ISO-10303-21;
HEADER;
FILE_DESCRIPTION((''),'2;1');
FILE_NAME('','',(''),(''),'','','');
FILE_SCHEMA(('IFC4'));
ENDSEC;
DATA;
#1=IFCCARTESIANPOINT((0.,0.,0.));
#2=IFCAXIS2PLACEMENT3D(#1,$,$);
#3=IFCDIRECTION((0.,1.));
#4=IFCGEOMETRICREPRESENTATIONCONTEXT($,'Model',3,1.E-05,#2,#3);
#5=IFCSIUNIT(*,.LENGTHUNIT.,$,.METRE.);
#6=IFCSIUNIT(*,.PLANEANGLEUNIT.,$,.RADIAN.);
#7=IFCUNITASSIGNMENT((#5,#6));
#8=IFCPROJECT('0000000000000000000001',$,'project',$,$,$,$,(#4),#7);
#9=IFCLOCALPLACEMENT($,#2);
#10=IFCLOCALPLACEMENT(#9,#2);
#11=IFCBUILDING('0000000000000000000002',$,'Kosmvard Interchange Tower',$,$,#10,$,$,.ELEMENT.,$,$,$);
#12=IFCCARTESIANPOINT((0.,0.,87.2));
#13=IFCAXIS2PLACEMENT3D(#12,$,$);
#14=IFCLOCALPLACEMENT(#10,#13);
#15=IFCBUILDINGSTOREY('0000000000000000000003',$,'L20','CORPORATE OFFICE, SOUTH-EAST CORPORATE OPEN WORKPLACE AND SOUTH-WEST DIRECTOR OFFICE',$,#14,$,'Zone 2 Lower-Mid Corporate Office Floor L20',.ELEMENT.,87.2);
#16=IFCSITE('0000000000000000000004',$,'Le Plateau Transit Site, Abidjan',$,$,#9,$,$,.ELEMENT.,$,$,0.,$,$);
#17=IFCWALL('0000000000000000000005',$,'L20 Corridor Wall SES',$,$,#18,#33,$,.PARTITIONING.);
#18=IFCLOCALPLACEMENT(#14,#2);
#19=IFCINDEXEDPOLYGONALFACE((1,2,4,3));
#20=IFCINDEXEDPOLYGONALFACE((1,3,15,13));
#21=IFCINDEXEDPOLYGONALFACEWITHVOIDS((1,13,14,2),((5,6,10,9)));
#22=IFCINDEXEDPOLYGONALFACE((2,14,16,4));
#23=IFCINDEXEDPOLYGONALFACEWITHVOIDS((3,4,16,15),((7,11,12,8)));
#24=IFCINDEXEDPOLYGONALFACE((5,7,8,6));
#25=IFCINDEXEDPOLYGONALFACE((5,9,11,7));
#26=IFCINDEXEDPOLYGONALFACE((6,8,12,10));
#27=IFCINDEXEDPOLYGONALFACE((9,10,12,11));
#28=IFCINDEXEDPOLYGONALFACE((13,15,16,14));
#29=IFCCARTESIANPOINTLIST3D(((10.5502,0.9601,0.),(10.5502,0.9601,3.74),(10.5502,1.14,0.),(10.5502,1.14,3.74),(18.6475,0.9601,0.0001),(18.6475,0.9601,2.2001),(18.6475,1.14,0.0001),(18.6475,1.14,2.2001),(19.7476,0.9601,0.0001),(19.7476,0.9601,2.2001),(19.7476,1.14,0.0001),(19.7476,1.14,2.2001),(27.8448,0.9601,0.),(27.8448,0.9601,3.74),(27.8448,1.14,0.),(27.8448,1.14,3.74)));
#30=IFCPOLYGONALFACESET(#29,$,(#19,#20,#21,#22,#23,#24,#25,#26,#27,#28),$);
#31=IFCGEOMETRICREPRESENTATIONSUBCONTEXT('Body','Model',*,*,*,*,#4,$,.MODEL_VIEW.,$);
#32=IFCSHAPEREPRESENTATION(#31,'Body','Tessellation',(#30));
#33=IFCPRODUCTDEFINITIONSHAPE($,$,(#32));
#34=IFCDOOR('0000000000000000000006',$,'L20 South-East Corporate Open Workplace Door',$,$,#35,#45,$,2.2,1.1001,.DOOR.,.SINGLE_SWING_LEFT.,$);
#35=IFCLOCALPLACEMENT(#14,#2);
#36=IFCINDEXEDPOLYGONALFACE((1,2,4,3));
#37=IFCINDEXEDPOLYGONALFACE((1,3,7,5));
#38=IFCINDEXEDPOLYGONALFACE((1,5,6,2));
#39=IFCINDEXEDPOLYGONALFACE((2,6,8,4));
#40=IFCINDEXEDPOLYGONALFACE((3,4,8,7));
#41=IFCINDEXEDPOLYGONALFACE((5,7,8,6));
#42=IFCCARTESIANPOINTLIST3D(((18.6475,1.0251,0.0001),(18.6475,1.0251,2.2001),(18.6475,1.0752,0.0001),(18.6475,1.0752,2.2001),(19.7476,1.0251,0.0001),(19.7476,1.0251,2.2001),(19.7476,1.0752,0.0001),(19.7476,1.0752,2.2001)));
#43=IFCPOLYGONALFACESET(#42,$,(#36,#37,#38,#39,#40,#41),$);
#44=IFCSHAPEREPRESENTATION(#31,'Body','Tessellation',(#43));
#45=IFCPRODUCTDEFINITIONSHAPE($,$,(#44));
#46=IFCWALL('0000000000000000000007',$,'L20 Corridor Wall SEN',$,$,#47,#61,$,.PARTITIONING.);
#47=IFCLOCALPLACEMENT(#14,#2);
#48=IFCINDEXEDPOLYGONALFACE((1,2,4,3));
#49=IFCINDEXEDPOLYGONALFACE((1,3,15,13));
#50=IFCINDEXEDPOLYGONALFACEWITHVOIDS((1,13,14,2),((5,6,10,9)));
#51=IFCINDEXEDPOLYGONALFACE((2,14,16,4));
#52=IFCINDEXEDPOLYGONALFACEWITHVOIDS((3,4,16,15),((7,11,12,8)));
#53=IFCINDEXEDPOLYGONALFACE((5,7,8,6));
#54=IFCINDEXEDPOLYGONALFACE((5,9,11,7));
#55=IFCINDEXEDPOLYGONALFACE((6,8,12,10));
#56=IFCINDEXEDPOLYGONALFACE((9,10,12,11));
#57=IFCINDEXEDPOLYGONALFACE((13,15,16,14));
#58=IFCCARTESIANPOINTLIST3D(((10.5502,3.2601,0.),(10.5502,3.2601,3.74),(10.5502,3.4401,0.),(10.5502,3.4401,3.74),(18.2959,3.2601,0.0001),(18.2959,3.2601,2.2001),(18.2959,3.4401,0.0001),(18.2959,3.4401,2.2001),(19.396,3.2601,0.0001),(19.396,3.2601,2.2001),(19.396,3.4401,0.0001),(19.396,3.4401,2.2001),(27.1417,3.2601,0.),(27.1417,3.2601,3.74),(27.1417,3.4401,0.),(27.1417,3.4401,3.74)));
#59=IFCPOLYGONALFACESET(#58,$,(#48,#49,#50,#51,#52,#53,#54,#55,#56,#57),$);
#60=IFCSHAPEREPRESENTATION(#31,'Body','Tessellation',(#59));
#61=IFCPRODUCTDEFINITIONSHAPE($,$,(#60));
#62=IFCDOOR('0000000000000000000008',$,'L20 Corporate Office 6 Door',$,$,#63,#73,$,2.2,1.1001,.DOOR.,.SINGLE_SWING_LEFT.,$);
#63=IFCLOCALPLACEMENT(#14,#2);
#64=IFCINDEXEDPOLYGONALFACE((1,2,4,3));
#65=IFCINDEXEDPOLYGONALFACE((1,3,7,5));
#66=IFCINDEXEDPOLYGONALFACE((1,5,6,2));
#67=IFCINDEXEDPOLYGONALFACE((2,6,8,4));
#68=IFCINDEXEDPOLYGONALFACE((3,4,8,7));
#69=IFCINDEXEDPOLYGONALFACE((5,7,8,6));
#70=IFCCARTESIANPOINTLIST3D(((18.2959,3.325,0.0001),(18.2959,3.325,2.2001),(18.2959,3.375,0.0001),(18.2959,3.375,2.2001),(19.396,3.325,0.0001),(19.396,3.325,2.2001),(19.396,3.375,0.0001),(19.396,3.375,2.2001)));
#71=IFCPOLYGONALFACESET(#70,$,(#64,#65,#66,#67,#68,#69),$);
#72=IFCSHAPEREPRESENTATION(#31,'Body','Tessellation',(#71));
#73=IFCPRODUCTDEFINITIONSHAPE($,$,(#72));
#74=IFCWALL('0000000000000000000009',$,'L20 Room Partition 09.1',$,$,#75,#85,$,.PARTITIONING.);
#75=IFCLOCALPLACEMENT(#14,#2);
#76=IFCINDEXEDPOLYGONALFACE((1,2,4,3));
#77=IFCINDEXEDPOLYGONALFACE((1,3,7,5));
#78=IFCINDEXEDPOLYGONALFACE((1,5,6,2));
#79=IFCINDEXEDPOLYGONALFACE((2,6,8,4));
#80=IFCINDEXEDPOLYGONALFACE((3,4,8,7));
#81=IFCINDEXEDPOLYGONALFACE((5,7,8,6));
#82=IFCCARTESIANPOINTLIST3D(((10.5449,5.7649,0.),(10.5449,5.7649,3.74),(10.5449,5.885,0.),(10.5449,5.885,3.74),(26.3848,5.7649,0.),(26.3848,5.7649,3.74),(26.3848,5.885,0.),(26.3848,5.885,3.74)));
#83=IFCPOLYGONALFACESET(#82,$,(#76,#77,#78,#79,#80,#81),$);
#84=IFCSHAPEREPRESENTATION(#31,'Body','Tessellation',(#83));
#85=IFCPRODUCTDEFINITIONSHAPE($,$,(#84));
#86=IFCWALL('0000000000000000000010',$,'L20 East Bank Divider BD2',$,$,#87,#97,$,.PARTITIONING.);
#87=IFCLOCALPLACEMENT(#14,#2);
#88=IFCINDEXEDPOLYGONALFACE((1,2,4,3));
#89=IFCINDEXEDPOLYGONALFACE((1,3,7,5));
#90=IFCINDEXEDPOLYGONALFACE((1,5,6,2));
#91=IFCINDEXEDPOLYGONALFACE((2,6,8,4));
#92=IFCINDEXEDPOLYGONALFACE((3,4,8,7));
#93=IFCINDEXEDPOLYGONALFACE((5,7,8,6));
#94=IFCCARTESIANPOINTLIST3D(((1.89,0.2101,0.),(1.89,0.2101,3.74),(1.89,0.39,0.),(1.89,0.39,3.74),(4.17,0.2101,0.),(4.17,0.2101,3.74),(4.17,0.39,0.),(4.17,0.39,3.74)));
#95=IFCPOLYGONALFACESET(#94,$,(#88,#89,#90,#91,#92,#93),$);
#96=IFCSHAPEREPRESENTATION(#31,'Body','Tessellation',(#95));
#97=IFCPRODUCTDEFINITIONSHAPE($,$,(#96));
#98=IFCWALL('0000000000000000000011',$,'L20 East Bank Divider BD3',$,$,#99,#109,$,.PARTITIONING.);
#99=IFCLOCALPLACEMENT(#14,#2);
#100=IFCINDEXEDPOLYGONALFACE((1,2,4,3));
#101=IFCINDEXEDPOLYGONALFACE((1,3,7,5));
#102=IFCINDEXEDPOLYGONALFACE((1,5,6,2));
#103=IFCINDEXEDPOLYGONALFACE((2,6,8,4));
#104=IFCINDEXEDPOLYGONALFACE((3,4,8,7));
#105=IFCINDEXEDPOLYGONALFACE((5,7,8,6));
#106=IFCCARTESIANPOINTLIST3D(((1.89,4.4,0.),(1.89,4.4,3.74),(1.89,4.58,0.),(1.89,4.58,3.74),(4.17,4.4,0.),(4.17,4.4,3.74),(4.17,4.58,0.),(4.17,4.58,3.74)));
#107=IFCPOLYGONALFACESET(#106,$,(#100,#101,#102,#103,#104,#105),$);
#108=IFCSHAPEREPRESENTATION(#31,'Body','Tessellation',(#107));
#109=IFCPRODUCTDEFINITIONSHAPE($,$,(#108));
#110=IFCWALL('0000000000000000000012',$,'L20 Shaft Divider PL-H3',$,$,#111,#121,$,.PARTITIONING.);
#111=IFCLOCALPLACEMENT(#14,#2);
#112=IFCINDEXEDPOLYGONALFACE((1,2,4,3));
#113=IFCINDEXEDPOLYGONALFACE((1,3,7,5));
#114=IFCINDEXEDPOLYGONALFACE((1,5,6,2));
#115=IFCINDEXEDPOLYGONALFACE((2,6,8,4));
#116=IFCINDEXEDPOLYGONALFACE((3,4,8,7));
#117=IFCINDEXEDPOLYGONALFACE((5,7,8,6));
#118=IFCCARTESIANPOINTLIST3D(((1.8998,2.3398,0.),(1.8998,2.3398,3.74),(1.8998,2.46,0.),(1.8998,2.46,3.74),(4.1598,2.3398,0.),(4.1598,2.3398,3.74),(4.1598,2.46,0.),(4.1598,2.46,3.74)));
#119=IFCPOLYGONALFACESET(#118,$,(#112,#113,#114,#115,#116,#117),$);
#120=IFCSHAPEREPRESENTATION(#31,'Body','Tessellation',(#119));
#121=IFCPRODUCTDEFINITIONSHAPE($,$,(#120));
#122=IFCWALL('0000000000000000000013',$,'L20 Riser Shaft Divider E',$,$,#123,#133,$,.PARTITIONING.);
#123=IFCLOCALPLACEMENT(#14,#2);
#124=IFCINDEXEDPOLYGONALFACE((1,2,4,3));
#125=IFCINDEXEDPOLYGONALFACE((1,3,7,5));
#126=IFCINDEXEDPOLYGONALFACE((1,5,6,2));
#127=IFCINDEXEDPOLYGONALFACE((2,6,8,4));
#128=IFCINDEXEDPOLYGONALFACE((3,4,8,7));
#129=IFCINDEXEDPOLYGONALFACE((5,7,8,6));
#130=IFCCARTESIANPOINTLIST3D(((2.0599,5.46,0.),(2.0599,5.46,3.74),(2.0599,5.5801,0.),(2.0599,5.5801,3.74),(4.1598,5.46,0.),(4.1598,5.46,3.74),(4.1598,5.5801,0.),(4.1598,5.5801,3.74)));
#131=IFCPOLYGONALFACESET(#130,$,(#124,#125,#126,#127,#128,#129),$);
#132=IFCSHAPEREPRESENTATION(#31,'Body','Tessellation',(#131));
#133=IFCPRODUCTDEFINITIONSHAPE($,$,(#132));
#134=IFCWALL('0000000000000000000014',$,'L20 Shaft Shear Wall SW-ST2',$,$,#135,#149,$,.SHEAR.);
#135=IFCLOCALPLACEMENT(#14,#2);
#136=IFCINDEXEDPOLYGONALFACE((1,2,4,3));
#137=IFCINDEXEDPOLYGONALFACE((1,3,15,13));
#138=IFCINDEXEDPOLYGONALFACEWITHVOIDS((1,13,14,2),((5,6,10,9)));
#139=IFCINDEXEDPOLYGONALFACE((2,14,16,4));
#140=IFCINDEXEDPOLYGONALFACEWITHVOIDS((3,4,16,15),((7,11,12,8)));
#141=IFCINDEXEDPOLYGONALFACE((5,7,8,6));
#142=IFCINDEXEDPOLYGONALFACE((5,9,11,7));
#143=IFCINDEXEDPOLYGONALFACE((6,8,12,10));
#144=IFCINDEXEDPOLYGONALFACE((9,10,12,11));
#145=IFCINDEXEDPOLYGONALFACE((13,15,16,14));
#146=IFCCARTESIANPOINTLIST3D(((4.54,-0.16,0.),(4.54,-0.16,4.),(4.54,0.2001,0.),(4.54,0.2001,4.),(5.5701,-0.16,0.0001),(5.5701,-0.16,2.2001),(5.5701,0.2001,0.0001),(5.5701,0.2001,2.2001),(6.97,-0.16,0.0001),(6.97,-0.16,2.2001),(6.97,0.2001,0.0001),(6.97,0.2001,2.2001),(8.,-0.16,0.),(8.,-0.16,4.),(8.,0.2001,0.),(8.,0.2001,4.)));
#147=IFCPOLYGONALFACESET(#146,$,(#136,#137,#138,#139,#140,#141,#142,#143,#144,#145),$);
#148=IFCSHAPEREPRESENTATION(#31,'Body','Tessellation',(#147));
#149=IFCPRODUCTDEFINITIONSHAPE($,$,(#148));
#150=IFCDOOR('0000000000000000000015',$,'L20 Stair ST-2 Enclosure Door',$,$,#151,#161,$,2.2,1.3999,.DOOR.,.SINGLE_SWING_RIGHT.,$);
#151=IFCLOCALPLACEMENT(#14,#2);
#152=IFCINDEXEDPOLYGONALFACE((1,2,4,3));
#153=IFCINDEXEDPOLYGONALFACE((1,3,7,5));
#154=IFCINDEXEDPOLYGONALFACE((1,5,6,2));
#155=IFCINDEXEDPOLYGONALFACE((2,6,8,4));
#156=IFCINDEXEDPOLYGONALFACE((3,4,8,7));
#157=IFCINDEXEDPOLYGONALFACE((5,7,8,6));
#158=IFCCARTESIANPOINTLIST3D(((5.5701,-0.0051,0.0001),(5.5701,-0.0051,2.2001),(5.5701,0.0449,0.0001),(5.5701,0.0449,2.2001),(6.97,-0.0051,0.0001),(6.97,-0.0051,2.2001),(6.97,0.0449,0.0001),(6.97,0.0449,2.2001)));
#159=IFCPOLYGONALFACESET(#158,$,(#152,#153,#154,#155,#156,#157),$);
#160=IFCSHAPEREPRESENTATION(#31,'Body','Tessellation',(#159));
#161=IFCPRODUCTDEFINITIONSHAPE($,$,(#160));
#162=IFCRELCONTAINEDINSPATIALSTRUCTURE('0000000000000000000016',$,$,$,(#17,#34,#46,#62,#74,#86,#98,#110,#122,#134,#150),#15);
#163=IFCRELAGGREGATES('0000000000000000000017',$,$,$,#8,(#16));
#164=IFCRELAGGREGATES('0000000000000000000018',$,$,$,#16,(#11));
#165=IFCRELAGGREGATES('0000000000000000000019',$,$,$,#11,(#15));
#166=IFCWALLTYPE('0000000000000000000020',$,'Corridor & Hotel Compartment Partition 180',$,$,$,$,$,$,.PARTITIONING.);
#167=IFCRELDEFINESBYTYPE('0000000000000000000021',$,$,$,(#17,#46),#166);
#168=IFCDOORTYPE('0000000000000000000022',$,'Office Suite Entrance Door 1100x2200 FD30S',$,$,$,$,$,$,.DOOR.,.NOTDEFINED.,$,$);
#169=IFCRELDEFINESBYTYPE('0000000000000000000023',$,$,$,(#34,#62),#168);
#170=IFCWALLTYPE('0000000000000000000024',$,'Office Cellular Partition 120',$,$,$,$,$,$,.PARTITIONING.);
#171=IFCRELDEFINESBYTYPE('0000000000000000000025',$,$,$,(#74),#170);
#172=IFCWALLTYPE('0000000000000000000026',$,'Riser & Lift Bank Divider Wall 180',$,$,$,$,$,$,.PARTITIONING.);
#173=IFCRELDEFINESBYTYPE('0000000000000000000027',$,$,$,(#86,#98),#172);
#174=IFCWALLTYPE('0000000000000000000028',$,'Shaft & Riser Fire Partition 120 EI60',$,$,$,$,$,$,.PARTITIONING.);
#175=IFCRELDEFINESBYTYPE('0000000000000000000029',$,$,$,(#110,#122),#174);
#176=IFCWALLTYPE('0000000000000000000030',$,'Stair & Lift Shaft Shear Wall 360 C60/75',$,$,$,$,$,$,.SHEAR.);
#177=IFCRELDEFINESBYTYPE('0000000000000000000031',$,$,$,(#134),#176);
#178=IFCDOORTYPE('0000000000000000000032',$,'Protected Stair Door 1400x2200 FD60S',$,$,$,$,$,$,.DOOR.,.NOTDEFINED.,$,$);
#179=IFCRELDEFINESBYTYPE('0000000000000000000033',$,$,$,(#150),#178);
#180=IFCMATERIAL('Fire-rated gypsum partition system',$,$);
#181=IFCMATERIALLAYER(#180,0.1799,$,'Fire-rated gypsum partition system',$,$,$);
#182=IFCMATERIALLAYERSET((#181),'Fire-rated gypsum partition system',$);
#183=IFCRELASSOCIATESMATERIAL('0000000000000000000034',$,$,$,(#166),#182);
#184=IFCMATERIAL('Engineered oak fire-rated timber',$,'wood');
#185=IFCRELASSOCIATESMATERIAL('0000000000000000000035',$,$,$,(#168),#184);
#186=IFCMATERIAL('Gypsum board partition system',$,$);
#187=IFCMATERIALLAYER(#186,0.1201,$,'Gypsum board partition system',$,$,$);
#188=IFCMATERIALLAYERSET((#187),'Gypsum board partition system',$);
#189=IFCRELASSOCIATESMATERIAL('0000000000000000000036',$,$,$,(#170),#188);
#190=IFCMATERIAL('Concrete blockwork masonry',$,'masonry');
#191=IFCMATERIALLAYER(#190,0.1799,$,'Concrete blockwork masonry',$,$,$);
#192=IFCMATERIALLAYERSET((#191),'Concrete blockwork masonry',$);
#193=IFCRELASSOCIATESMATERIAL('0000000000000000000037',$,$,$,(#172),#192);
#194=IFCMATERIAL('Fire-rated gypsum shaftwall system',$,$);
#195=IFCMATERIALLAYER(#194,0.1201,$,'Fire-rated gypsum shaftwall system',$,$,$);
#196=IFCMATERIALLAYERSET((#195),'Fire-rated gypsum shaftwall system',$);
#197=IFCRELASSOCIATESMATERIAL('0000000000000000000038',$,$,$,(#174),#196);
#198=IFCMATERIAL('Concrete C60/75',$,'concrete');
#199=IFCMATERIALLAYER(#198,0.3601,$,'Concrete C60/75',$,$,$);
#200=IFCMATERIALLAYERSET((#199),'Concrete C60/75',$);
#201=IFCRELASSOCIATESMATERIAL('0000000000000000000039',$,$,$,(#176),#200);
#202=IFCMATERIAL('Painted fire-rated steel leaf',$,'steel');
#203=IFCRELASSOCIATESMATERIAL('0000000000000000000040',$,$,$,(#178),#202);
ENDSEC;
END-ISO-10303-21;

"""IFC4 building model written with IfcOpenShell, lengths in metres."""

from ifc_helpers import new_model, si_unit, direction, frame, frame_2d, origin, place, context, subcontext, project, spatial, rectangle, extrude, source, transform, mapped, material, layer, layer_set, type_object, element, fill, save


model = new_model("IFC4")

# Units and contexts
model_context = context("Model", 3, precision=1e-05, world=origin(), true_north=direction((0.0, 1.0)))
body_context = subcontext(model_context, "Body", "Model", "MODEL_VIEW")
ifc_project = project(units=[si_unit("LENGTHUNIT", "METRE"), si_unit("PLANEANGLEUNIT", "RADIAN")], contexts=[model_context])

# Site, building, storey
site_placement = place(None, origin())
site = spatial("IfcSite", under=ifc_project, at=site_placement, Name="Le Plateau Transit Site, Abidjan", CompositionType="ELEMENT", RefElevation=0.0)
building_placement = place(site_placement, origin())
building = spatial("IfcBuilding", under=site, at=building_placement, Name="Kosmvard Interchange Tower", CompositionType="ELEMENT")
storey_placement = place(building_placement, frame((0.0, 0.0, 87.2)))
storey = spatial("IfcBuildingStorey", under=building, at=storey_placement, Name="L20", Description="CORPORATE OFFICE, SOUTH-EAST CORPORATE OPEN WORKPLACE AND SOUTH-WEST DIRECTOR OFFICE", LongName="Zone 2 Lower-Mid Corporate Office Floor L20", CompositionType="ELEMENT", Elevation=87.2)

# Shared definitions
ifc_material_1 = material(Name="Concrete C60/75", Category="concrete")

# Shared definitions
ifc_material_2 = material(Name="Fire-rated gypsum partition system")

# Walls, openings, doors
ifc_layer_1 = layer(ifc_material_2, 0.1799, Name="Fire-rated gypsum partition system")
ifc_layer_set_1 = layer_set([ifc_layer_1], Name="Fire-rated gypsum partition system")
wall_type_1 = type_object("IfcWallType", Name="Corridor & Hotel Compartment Partition 180", PredefinedType="PARTITIONING", material=ifc_layer_set_1)
ifc_material_3 = material(Name="Engineered oak fire-rated timber", Category="wood")
door_type_1 = type_object("IfcDoorType", Name="Office Suite Entrance Door 1100x2200 FD30S", OperationType="NOTDEFINED", PredefinedType="DOOR", material=ifc_material_3)
shared_shape_1 = source(origin(), body_context, "Body", "SweptSolid", [
    extrude(rectangle(XDim=1.1001, YDim=2.2, at=frame_2d((0.55, 1.1001))), frame((0.0, 0.0249, 0.0), z_axis=(0.0, -1.0, 0.0), x_axis=(1.0, 0.0, 0.0)), (0.0, 0.0, 1.0), 0.05),
])
wall_1_placement = place(storey_placement, frame((10.55, 1.05, 0.0), z_axis=(0.0, 0.0, 1.0), x_axis=(1.0, 0.0, 0.0)))
wall_1 = element("IfcWall", 1, at=wall_1_placement, inside=storey, type_object=wall_type_1, Name="L20 Corridor Wall SES", PredefinedType="PARTITIONING", context=body_context, shape_type="SweptSolid", body=[
    extrude(rectangle(XDim=17.2947, YDim=0.1799, at=frame_2d((8.6475, 0.0))), origin(), (0.0, 0.0, 1.0), 3.74),
])
opening_1_placement = place(wall_1_placement, frame((8.0974, 0.0, 0.0)))
opening_1 = element("IfcOpeningElement", 2, at=opening_1_placement, cuts=wall_1, PredefinedType="OPENING", context=body_context, shape_type="SweptSolid", body=[
    extrude(rectangle(XDim=1.1001, YDim=2.2, at=frame_2d((0.55, 1.1001))), frame((0.0, 0.1001, 0.0), z_axis=(0.0, -1.0, 0.0), x_axis=(1.0, 0.0, 0.0)), (0.0, 0.0, 1.0), 0.2),
])
door_1_placement = place(opening_1_placement, frame((1.1001, 0.0, 0.0), z_axis=(0.0, 0.0, 1.0), x_axis=(-1.0, 0.0, 0.0)))
door_1 = element("IfcDoor", 3, at=door_1_placement, inside=storey, type_object=door_type_1, Name="L20 South-East Corporate Open Workplace Door", OperationType="SINGLE_SWING_LEFT", OverallHeight=2.2, OverallWidth=1.1001, PredefinedType="DOOR", context=body_context, shape_type="MappedRepresentation", body=[
    mapped(shared_shape_1, transform((0.0, 0.0, 0.0), scale=1.0)),
])
fill(opening_1, door_1)
wall_2_placement = place(storey_placement, frame((10.55, 3.3501, 0.0), z_axis=(0.0, 0.0, 1.0), x_axis=(1.0, 0.0, 0.0)))
wall_2 = element("IfcWall", 4, at=wall_2_placement, inside=storey, type_object=wall_type_1, Name="L20 Corridor Wall SEN", PredefinedType="PARTITIONING", context=body_context, shape_type="SweptSolid", body=[
    extrude(rectangle(XDim=16.5916, YDim=0.1799, at=frame_2d((8.2959, 0.0))), origin(), (0.0, 0.0, 1.0), 3.74),
])
opening_2_placement = place(wall_2_placement, frame((7.7458, 0.0, 0.0)))
opening_2 = element("IfcOpeningElement", 5, at=opening_2_placement, cuts=wall_2, PredefinedType="OPENING", context=body_context, shape_type="SweptSolid", body=[
    extrude(rectangle(XDim=1.1001, YDim=2.2, at=frame_2d((0.55, 1.1001))), frame((0.0, 0.1001, 0.0), z_axis=(0.0, -1.0, 0.0), x_axis=(1.0, 0.0, 0.0)), (0.0, 0.0, 1.0), 0.2),
])
door_2_placement = place(opening_2_placement, origin())
door_2 = element("IfcDoor", 6, at=door_2_placement, inside=storey, type_object=door_type_1, Name="L20 Corporate Office 6 Door", OperationType="SINGLE_SWING_LEFT", OverallHeight=2.2, OverallWidth=1.1001, PredefinedType="DOOR", context=body_context, shape_type="MappedRepresentation", body=[
    mapped(shared_shape_1, transform((0.0, 0.0, 0.0), scale=1.0)),
])
fill(opening_2, door_2)

# Walls
ifc_material_4 = material(Name="Gypsum board partition system")
ifc_layer_2 = layer(ifc_material_4, 0.1201, Name="Gypsum board partition system")
ifc_layer_set_2 = layer_set([ifc_layer_2], Name="Gypsum board partition system")
wall_type_2 = type_object("IfcWallType", Name="Office Cellular Partition 120", PredefinedType="PARTITIONING", material=ifc_layer_set_2)
wall_3_placement = place(storey_placement, frame((10.5449, 5.825, 0.0), z_axis=(0.0, 0.0, 1.0), x_axis=(1.0, 0.0, 0.0)))
element("IfcWall", 7, at=wall_3_placement, inside=storey, type_object=wall_type_2, Name="L20 Room Partition 09.1", PredefinedType="PARTITIONING", context=body_context, shape_type="SweptSolid", body=[
    extrude(rectangle(XDim=15.8398, YDim=0.1201, at=frame_2d((7.9199, 0.0))), origin(), (0.0, 0.0, 1.0), 3.74),
])
ifc_material_5 = material(Name="Concrete blockwork masonry", Category="masonry")
ifc_layer_3 = layer(ifc_material_5, 0.1799, Name="Concrete blockwork masonry")
ifc_layer_set_3 = layer_set([ifc_layer_3], Name="Concrete blockwork masonry")
wall_type_3 = type_object("IfcWallType", Name="Riser & Lift Bank Divider Wall 180", PredefinedType="PARTITIONING", material=ifc_layer_set_3)
for number, where, z_axis, x_axis, name in (
    (8, (1.8899, 0.3, 0.0), (0.0, 0.0, 1.0), (1.0, 0.0, 0.0), "L20 East Bank Divider BD2"),
    (9, (1.8899, 4.49, 0.0), (0.0, 0.0, 1.0), (1.0, 0.0, 0.0), "L20 East Bank Divider BD3"),
):
    element("IfcWall", number, at=place(storey_placement, frame(where, z_axis=z_axis, x_axis=x_axis)), inside=storey, type_object=wall_type_3, Name=name, PredefinedType="PARTITIONING", context=body_context, shape_type="SweptSolid", body=[
        extrude(rectangle(XDim=2.28, YDim=0.1799, at=frame_2d((1.1401, 0.0))), origin(), (0.0, 0.0, 1.0), 3.74),
    ])
ifc_material_6 = material(Name="Fire-rated gypsum shaftwall system")
ifc_layer_4 = layer(ifc_material_6, 0.1201, Name="Fire-rated gypsum shaftwall system")
ifc_layer_set_4 = layer_set([ifc_layer_4], Name="Fire-rated gypsum shaftwall system")
wall_type_4 = type_object("IfcWallType", Name="Shaft & Riser Fire Partition 120 EI60", PredefinedType="PARTITIONING", material=ifc_layer_set_4)
wall_4_placement = place(storey_placement, frame((1.8999, 2.3999, 0.0), z_axis=(0.0, 0.0, 1.0), x_axis=(1.0, 0.0, 0.0)))
element("IfcWall", 10, at=wall_4_placement, inside=storey, type_object=wall_type_4, Name="L20 Shaft Divider PL-H3", PredefinedType="PARTITIONING", context=body_context, shape_type="SweptSolid", body=[
    extrude(rectangle(XDim=2.26, YDim=0.1201, at=frame_2d((1.1299, 0.0))), origin(), (0.0, 0.0, 1.0), 3.74),
])
wall_5_placement = place(storey_placement, frame((2.0601, 5.52, 0.0), z_axis=(0.0, 0.0, 1.0), x_axis=(1.0, 0.0, 0.0)))
element("IfcWall", 11, at=wall_5_placement, inside=storey, type_object=wall_type_4, Name="L20 Riser Shaft Divider E", PredefinedType="PARTITIONING", context=body_context, shape_type="SweptSolid", body=[
    extrude(rectangle(XDim=2.0999, YDim=0.1201, at=frame_2d((1.0498, 0.0))), origin(), (0.0, 0.0, 1.0), 3.74),
])

# Wall, opening, door
ifc_layer_5 = layer(ifc_material_1, 0.3601, Name="Concrete C60/75")
ifc_layer_set_5 = layer_set([ifc_layer_5], Name="Concrete C60/75")
wall_type_5 = type_object("IfcWallType", Name="Stair & Lift Shaft Shear Wall 360 C60/75", PredefinedType="SHEAR", material=ifc_layer_set_5)
wall_6_placement = place(storey_placement, frame((4.54, 0.02, 0.0), z_axis=(0.0, 0.0, 1.0), x_axis=(1.0, 0.0, 0.0)))
wall_6 = element("IfcWall", 12, at=wall_6_placement, inside=storey, type_object=wall_type_5, Name="L20 Shaft Shear Wall SW-ST2", PredefinedType="SHEAR", context=body_context, shape_type="SweptSolid", body=[
    extrude(rectangle(XDim=3.46, YDim=0.3601, at=frame_2d((1.73, 0.0))), origin(), (0.0, 0.0, 1.0), 4.0),
])
opening_3_placement = place(wall_6_placement, frame((1.03, 0.0, 0.0)))
opening_3 = element("IfcOpeningElement", 13, at=opening_3_placement, cuts=wall_6, PredefinedType="OPENING", context=body_context, shape_type="SweptSolid", body=[
    extrude(rectangle(XDim=1.3999, YDim=2.2, at=frame_2d((0.7, 1.1001))), frame((0.0, 0.1899, 0.0), z_axis=(0.0, -1.0, 0.0), x_axis=(1.0, 0.0, 0.0)), (0.0, 0.0, 1.0), 0.3801),
])
ifc_material_7 = material(Name="Painted fire-rated steel leaf", Category="steel")
door_type_2 = type_object("IfcDoorType", Name="Protected Stair Door 1400x2200 FD60S", OperationType="NOTDEFINED", PredefinedType="DOOR", material=ifc_material_7)
shared_shape_2 = source(origin(), body_context, "Body", "SweptSolid", [
    extrude(rectangle(XDim=1.3999, YDim=2.2, at=frame_2d((0.7, 1.1001))), frame((0.0, 0.0249, 0.0), z_axis=(0.0, -1.0, 0.0), x_axis=(1.0, 0.0, 0.0)), (0.0, 0.0, 1.0), 0.05),
])
door_3_placement = place(opening_3_placement, origin())
door_3 = element("IfcDoor", 14, at=door_3_placement, inside=storey, type_object=door_type_2, Name="L20 Stair ST-2 Enclosure Door", OperationType="SINGLE_SWING_RIGHT", OverallHeight=2.2, OverallWidth=1.3999, PredefinedType="DOOR", context=body_context, shape_type="MappedRepresentation", body=[
    mapped(shared_shape_2, transform((0.0, 0.0, 0.0), scale=1.0)),
])
fill(opening_3, door_3)

save(model, "model.ifc")
